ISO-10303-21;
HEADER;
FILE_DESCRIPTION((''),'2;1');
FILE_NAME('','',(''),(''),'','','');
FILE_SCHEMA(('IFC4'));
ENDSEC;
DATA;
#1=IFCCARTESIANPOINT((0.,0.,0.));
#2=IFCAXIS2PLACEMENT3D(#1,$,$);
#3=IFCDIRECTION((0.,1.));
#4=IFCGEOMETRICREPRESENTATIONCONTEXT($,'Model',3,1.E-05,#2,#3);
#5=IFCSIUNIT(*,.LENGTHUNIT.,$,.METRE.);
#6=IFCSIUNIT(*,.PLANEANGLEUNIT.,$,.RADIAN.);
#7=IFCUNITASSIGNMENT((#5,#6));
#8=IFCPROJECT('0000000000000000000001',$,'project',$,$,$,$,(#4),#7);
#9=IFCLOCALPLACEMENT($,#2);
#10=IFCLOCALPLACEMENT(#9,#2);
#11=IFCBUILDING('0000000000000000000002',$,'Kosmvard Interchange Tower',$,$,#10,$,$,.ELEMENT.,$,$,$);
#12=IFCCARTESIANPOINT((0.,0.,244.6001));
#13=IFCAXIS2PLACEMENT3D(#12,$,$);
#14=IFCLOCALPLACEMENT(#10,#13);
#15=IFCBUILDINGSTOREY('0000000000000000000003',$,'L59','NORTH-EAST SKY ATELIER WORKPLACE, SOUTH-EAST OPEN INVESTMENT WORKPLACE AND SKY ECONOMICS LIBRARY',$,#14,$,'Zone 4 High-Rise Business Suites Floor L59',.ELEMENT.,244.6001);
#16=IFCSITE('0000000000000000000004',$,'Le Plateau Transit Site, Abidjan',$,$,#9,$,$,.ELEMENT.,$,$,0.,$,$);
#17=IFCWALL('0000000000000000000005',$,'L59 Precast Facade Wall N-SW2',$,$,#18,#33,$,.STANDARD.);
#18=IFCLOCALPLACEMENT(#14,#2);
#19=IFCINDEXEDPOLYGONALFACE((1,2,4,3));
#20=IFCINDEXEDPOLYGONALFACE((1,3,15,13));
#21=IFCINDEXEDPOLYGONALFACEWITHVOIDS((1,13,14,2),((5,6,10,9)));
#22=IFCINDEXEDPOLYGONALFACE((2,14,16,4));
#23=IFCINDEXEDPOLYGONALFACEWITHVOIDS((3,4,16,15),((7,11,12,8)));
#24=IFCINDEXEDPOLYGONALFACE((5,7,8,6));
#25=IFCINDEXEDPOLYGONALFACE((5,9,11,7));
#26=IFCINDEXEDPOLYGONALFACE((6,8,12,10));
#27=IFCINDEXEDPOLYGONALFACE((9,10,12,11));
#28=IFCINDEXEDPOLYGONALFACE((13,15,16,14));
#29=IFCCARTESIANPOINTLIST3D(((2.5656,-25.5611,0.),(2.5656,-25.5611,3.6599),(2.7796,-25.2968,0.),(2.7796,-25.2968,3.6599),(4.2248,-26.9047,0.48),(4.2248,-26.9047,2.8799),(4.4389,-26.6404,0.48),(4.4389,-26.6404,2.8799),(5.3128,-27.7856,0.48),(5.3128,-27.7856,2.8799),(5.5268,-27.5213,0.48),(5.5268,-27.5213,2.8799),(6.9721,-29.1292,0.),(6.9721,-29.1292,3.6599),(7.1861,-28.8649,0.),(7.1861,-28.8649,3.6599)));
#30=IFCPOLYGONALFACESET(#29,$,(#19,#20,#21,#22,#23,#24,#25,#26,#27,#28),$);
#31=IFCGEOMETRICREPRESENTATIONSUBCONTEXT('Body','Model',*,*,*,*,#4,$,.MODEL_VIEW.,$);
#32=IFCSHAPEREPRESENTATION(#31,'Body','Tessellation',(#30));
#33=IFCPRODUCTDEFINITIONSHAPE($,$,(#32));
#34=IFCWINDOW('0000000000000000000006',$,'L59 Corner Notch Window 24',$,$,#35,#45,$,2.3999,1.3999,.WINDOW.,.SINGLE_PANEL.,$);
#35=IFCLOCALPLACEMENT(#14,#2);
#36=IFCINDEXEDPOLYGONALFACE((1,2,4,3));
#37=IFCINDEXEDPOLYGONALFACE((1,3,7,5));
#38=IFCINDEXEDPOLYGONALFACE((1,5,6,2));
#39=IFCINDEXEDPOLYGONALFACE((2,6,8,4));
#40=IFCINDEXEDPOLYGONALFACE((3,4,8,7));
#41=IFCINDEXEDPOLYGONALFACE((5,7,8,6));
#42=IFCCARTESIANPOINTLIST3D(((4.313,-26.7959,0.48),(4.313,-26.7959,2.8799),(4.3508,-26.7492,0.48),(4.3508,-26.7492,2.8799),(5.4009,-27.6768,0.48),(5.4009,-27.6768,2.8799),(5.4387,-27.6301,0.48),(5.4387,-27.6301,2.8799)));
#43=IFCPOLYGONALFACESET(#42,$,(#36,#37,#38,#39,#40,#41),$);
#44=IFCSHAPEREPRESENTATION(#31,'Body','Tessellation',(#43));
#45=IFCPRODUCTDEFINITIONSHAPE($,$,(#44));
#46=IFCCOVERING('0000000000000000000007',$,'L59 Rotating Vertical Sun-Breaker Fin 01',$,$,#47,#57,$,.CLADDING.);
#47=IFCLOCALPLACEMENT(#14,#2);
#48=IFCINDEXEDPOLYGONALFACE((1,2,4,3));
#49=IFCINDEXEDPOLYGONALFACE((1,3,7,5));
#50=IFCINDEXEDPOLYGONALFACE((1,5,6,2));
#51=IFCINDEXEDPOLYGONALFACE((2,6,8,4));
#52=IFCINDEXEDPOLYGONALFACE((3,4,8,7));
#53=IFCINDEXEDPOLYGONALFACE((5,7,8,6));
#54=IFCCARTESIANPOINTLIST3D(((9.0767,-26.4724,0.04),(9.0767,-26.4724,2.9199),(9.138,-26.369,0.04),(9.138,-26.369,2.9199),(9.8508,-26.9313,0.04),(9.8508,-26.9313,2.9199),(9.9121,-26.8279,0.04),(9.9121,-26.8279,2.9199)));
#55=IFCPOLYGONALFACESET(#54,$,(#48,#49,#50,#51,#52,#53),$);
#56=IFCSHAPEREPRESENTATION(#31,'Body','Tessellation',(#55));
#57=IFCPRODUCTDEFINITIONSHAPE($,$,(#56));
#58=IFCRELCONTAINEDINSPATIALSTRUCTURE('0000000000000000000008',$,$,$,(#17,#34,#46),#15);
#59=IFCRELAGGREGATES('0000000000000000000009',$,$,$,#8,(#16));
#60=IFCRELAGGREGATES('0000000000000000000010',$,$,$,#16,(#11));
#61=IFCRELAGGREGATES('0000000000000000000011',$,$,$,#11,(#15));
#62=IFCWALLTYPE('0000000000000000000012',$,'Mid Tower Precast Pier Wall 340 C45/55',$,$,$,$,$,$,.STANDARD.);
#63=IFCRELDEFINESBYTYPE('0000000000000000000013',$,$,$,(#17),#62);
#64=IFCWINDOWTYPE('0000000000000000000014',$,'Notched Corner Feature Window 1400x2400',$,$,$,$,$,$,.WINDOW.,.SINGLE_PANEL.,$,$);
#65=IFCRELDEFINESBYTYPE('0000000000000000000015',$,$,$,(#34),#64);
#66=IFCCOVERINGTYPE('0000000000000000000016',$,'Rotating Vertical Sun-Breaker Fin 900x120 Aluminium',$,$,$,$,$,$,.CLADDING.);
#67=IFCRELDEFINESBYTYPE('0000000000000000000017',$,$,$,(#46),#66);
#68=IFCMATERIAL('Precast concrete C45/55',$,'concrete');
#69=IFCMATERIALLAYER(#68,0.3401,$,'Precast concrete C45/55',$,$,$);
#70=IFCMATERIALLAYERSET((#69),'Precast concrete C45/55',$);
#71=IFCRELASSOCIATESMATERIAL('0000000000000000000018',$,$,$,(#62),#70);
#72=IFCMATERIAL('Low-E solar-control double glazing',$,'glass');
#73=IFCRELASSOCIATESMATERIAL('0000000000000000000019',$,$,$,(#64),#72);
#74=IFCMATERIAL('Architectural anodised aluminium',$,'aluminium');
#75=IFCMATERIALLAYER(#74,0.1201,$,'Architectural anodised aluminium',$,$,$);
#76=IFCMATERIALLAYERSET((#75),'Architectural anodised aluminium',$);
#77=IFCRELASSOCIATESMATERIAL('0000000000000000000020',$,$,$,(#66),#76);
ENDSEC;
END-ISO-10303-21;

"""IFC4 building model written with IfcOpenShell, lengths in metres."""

from ifc_helpers import new_model, si_unit, direction, frame, frame_2d, origin, origin_2d, place, context, subcontext, project, spatial, rectangle, extrude, source, transform, mapped, material, layer, layer_set, type_object, element, fill, save


model = new_model("IFC4")

# Units and contexts
model_context = context("Model", 3, precision=1e-05, world=origin(), true_north=direction((0.0, 1.0)))
body_context = subcontext(model_context, "Body", "Model", "MODEL_VIEW")
ifc_project = project(units=[si_unit("LENGTHUNIT", "METRE"), si_unit("PLANEANGLEUNIT", "RADIAN")], contexts=[model_context])

# Site, building, storey
site_placement = place(None, origin())
site = spatial("IfcSite", under=ifc_project, at=site_placement, Name="Le Plateau Transit Site, Abidjan", CompositionType="ELEMENT", RefElevation=0.0)
building_placement = place(site_placement, origin())
building = spatial("IfcBuilding", under=site, at=building_placement, Name="Kosmvard Interchange Tower", CompositionType="ELEMENT")
storey_placement = place(building_placement, frame((0.0, 0.0, 244.6001)))
storey = spatial("IfcBuildingStorey", under=building, at=storey_placement, Name="L59", Description="NORTH-EAST SKY ATELIER WORKPLACE, SOUTH-EAST OPEN INVESTMENT WORKPLACE AND SKY ECONOMICS LIBRARY", LongName="Zone 4 High-Rise Business Suites Floor L59", CompositionType="ELEMENT", Elevation=244.6001)

# Shared definitions
ifc_material_1 = material(Name="Precast concrete C45/55", Category="concrete")
ifc_layer_1 = layer(ifc_material_1, 0.3401, Name="Precast concrete C45/55")
ifc_layer_set_1 = layer_set([ifc_layer_1], Name="Precast concrete C45/55")
wall_type_1 = type_object("IfcWallType", Name="Mid Tower Precast Pier Wall 340 C45/55", PredefinedType="STANDARD", material=ifc_layer_set_1)
ifc_material_2 = material(Name="Low-E solar-control double glazing", Category="glass")
window_type_1 = type_object("IfcWindowType", Name="Notched Corner Feature Window 1400x2400", PartitioningType="SINGLE_PANEL", PredefinedType="WINDOW", material=ifc_material_2)
shared_shape_1 = source(origin(), body_context, "Body", "SweptSolid", [
    extrude(rectangle(XDim=1.3999, YDim=2.3999, at=frame_2d((0.7, 1.2))), frame((0.0, 0.03, 0.0), z_axis=(0.0, -1.0, 0.0), x_axis=(1.0, 0.0, 0.0)), (0.0, 0.0, 1.0), 0.0601),
])

# Wall, opening, window
wall_1_placement = place(storey_placement, frame((2.6726, -25.429, 0.0), z_axis=(0.0, 0.0, 1.0), x_axis=(0.777163, -0.6293, 0.0)))
wall_1 = element("IfcWall", 1, at=wall_1_placement, inside=storey, type_object=wall_type_1, Name="L59 Precast Facade Wall N-SW2", PredefinedType="STANDARD", context=body_context, shape_type="SweptSolid", body=[
    extrude(rectangle(XDim=5.6699, YDim=0.3401, at=frame_2d((2.835, 0.0))), origin(), (0.0, 0.0, 1.0), 3.6599),
])
opening_1_placement = place(wall_1_placement, frame((2.135, 0.0, 0.48)))
opening_1 = element("IfcOpeningElement", 2, at=opening_1_placement, cuts=wall_1, PredefinedType="OPENING", context=body_context, shape_type="SweptSolid", body=[
    extrude(rectangle(XDim=1.3999, YDim=2.3999, at=frame_2d((0.7, 1.2))), frame((0.0, 0.1802, 0.0), z_axis=(0.0, -1.0, 0.0), x_axis=(1.0, 0.0, 0.0)), (0.0, 0.0, 1.0), 0.3601),
])
window_1_placement = place(opening_1_placement, origin())
window_1 = element("IfcWindow", 3, at=window_1_placement, inside=storey, type_object=window_type_1, Name="L59 Corner Notch Window 24", OverallHeight=2.3999, OverallWidth=1.3999, PartitioningType="SINGLE_PANEL", PredefinedType="WINDOW", context=body_context, shape_type="MappedRepresentation", body=[
    mapped(shared_shape_1, transform((0.0, 0.0, 0.0), scale=1.0)),
])
fill(opening_1, window_1)

# Covering
ifc_material_3 = material(Name="Architectural anodised aluminium", Category="aluminium")
ifc_layer_2 = layer(ifc_material_3, 0.1201, Name="Architectural anodised aluminium")
ifc_layer_set_2 = layer_set([ifc_layer_2], Name="Architectural anodised aluminium")
covering_type = type_object("IfcCoveringType", Name="Rotating Vertical Sun-Breaker Fin 900x120 Aluminium", PredefinedType="CLADDING", material=ifc_layer_set_2)
shared_shape_2 = source(origin(), body_context, "Body", "SweptSolid", [
    extrude(rectangle(XDim=0.8999, YDim=0.1201, at=origin_2d()), origin(), (0.0, 0.0, 1.0), 2.8799),
])
covering_placement = place(storey_placement, frame((9.4944, -26.6501, 0.04), z_axis=(0.0, 0.0, 1.0), x_axis=(0.860208, -0.509943, 0.0)))
element("IfcCovering", 4, at=covering_placement, inside=storey, type_object=covering_type, Name="L59 Rotating Vertical Sun-Breaker Fin 01", PredefinedType="CLADDING", context=body_context, shape_type="MappedRepresentation", body=[
    mapped(shared_shape_2, transform((0.0, 0.0, 0.0), scale=1.0)),
])

save(model, "model.ifc")
